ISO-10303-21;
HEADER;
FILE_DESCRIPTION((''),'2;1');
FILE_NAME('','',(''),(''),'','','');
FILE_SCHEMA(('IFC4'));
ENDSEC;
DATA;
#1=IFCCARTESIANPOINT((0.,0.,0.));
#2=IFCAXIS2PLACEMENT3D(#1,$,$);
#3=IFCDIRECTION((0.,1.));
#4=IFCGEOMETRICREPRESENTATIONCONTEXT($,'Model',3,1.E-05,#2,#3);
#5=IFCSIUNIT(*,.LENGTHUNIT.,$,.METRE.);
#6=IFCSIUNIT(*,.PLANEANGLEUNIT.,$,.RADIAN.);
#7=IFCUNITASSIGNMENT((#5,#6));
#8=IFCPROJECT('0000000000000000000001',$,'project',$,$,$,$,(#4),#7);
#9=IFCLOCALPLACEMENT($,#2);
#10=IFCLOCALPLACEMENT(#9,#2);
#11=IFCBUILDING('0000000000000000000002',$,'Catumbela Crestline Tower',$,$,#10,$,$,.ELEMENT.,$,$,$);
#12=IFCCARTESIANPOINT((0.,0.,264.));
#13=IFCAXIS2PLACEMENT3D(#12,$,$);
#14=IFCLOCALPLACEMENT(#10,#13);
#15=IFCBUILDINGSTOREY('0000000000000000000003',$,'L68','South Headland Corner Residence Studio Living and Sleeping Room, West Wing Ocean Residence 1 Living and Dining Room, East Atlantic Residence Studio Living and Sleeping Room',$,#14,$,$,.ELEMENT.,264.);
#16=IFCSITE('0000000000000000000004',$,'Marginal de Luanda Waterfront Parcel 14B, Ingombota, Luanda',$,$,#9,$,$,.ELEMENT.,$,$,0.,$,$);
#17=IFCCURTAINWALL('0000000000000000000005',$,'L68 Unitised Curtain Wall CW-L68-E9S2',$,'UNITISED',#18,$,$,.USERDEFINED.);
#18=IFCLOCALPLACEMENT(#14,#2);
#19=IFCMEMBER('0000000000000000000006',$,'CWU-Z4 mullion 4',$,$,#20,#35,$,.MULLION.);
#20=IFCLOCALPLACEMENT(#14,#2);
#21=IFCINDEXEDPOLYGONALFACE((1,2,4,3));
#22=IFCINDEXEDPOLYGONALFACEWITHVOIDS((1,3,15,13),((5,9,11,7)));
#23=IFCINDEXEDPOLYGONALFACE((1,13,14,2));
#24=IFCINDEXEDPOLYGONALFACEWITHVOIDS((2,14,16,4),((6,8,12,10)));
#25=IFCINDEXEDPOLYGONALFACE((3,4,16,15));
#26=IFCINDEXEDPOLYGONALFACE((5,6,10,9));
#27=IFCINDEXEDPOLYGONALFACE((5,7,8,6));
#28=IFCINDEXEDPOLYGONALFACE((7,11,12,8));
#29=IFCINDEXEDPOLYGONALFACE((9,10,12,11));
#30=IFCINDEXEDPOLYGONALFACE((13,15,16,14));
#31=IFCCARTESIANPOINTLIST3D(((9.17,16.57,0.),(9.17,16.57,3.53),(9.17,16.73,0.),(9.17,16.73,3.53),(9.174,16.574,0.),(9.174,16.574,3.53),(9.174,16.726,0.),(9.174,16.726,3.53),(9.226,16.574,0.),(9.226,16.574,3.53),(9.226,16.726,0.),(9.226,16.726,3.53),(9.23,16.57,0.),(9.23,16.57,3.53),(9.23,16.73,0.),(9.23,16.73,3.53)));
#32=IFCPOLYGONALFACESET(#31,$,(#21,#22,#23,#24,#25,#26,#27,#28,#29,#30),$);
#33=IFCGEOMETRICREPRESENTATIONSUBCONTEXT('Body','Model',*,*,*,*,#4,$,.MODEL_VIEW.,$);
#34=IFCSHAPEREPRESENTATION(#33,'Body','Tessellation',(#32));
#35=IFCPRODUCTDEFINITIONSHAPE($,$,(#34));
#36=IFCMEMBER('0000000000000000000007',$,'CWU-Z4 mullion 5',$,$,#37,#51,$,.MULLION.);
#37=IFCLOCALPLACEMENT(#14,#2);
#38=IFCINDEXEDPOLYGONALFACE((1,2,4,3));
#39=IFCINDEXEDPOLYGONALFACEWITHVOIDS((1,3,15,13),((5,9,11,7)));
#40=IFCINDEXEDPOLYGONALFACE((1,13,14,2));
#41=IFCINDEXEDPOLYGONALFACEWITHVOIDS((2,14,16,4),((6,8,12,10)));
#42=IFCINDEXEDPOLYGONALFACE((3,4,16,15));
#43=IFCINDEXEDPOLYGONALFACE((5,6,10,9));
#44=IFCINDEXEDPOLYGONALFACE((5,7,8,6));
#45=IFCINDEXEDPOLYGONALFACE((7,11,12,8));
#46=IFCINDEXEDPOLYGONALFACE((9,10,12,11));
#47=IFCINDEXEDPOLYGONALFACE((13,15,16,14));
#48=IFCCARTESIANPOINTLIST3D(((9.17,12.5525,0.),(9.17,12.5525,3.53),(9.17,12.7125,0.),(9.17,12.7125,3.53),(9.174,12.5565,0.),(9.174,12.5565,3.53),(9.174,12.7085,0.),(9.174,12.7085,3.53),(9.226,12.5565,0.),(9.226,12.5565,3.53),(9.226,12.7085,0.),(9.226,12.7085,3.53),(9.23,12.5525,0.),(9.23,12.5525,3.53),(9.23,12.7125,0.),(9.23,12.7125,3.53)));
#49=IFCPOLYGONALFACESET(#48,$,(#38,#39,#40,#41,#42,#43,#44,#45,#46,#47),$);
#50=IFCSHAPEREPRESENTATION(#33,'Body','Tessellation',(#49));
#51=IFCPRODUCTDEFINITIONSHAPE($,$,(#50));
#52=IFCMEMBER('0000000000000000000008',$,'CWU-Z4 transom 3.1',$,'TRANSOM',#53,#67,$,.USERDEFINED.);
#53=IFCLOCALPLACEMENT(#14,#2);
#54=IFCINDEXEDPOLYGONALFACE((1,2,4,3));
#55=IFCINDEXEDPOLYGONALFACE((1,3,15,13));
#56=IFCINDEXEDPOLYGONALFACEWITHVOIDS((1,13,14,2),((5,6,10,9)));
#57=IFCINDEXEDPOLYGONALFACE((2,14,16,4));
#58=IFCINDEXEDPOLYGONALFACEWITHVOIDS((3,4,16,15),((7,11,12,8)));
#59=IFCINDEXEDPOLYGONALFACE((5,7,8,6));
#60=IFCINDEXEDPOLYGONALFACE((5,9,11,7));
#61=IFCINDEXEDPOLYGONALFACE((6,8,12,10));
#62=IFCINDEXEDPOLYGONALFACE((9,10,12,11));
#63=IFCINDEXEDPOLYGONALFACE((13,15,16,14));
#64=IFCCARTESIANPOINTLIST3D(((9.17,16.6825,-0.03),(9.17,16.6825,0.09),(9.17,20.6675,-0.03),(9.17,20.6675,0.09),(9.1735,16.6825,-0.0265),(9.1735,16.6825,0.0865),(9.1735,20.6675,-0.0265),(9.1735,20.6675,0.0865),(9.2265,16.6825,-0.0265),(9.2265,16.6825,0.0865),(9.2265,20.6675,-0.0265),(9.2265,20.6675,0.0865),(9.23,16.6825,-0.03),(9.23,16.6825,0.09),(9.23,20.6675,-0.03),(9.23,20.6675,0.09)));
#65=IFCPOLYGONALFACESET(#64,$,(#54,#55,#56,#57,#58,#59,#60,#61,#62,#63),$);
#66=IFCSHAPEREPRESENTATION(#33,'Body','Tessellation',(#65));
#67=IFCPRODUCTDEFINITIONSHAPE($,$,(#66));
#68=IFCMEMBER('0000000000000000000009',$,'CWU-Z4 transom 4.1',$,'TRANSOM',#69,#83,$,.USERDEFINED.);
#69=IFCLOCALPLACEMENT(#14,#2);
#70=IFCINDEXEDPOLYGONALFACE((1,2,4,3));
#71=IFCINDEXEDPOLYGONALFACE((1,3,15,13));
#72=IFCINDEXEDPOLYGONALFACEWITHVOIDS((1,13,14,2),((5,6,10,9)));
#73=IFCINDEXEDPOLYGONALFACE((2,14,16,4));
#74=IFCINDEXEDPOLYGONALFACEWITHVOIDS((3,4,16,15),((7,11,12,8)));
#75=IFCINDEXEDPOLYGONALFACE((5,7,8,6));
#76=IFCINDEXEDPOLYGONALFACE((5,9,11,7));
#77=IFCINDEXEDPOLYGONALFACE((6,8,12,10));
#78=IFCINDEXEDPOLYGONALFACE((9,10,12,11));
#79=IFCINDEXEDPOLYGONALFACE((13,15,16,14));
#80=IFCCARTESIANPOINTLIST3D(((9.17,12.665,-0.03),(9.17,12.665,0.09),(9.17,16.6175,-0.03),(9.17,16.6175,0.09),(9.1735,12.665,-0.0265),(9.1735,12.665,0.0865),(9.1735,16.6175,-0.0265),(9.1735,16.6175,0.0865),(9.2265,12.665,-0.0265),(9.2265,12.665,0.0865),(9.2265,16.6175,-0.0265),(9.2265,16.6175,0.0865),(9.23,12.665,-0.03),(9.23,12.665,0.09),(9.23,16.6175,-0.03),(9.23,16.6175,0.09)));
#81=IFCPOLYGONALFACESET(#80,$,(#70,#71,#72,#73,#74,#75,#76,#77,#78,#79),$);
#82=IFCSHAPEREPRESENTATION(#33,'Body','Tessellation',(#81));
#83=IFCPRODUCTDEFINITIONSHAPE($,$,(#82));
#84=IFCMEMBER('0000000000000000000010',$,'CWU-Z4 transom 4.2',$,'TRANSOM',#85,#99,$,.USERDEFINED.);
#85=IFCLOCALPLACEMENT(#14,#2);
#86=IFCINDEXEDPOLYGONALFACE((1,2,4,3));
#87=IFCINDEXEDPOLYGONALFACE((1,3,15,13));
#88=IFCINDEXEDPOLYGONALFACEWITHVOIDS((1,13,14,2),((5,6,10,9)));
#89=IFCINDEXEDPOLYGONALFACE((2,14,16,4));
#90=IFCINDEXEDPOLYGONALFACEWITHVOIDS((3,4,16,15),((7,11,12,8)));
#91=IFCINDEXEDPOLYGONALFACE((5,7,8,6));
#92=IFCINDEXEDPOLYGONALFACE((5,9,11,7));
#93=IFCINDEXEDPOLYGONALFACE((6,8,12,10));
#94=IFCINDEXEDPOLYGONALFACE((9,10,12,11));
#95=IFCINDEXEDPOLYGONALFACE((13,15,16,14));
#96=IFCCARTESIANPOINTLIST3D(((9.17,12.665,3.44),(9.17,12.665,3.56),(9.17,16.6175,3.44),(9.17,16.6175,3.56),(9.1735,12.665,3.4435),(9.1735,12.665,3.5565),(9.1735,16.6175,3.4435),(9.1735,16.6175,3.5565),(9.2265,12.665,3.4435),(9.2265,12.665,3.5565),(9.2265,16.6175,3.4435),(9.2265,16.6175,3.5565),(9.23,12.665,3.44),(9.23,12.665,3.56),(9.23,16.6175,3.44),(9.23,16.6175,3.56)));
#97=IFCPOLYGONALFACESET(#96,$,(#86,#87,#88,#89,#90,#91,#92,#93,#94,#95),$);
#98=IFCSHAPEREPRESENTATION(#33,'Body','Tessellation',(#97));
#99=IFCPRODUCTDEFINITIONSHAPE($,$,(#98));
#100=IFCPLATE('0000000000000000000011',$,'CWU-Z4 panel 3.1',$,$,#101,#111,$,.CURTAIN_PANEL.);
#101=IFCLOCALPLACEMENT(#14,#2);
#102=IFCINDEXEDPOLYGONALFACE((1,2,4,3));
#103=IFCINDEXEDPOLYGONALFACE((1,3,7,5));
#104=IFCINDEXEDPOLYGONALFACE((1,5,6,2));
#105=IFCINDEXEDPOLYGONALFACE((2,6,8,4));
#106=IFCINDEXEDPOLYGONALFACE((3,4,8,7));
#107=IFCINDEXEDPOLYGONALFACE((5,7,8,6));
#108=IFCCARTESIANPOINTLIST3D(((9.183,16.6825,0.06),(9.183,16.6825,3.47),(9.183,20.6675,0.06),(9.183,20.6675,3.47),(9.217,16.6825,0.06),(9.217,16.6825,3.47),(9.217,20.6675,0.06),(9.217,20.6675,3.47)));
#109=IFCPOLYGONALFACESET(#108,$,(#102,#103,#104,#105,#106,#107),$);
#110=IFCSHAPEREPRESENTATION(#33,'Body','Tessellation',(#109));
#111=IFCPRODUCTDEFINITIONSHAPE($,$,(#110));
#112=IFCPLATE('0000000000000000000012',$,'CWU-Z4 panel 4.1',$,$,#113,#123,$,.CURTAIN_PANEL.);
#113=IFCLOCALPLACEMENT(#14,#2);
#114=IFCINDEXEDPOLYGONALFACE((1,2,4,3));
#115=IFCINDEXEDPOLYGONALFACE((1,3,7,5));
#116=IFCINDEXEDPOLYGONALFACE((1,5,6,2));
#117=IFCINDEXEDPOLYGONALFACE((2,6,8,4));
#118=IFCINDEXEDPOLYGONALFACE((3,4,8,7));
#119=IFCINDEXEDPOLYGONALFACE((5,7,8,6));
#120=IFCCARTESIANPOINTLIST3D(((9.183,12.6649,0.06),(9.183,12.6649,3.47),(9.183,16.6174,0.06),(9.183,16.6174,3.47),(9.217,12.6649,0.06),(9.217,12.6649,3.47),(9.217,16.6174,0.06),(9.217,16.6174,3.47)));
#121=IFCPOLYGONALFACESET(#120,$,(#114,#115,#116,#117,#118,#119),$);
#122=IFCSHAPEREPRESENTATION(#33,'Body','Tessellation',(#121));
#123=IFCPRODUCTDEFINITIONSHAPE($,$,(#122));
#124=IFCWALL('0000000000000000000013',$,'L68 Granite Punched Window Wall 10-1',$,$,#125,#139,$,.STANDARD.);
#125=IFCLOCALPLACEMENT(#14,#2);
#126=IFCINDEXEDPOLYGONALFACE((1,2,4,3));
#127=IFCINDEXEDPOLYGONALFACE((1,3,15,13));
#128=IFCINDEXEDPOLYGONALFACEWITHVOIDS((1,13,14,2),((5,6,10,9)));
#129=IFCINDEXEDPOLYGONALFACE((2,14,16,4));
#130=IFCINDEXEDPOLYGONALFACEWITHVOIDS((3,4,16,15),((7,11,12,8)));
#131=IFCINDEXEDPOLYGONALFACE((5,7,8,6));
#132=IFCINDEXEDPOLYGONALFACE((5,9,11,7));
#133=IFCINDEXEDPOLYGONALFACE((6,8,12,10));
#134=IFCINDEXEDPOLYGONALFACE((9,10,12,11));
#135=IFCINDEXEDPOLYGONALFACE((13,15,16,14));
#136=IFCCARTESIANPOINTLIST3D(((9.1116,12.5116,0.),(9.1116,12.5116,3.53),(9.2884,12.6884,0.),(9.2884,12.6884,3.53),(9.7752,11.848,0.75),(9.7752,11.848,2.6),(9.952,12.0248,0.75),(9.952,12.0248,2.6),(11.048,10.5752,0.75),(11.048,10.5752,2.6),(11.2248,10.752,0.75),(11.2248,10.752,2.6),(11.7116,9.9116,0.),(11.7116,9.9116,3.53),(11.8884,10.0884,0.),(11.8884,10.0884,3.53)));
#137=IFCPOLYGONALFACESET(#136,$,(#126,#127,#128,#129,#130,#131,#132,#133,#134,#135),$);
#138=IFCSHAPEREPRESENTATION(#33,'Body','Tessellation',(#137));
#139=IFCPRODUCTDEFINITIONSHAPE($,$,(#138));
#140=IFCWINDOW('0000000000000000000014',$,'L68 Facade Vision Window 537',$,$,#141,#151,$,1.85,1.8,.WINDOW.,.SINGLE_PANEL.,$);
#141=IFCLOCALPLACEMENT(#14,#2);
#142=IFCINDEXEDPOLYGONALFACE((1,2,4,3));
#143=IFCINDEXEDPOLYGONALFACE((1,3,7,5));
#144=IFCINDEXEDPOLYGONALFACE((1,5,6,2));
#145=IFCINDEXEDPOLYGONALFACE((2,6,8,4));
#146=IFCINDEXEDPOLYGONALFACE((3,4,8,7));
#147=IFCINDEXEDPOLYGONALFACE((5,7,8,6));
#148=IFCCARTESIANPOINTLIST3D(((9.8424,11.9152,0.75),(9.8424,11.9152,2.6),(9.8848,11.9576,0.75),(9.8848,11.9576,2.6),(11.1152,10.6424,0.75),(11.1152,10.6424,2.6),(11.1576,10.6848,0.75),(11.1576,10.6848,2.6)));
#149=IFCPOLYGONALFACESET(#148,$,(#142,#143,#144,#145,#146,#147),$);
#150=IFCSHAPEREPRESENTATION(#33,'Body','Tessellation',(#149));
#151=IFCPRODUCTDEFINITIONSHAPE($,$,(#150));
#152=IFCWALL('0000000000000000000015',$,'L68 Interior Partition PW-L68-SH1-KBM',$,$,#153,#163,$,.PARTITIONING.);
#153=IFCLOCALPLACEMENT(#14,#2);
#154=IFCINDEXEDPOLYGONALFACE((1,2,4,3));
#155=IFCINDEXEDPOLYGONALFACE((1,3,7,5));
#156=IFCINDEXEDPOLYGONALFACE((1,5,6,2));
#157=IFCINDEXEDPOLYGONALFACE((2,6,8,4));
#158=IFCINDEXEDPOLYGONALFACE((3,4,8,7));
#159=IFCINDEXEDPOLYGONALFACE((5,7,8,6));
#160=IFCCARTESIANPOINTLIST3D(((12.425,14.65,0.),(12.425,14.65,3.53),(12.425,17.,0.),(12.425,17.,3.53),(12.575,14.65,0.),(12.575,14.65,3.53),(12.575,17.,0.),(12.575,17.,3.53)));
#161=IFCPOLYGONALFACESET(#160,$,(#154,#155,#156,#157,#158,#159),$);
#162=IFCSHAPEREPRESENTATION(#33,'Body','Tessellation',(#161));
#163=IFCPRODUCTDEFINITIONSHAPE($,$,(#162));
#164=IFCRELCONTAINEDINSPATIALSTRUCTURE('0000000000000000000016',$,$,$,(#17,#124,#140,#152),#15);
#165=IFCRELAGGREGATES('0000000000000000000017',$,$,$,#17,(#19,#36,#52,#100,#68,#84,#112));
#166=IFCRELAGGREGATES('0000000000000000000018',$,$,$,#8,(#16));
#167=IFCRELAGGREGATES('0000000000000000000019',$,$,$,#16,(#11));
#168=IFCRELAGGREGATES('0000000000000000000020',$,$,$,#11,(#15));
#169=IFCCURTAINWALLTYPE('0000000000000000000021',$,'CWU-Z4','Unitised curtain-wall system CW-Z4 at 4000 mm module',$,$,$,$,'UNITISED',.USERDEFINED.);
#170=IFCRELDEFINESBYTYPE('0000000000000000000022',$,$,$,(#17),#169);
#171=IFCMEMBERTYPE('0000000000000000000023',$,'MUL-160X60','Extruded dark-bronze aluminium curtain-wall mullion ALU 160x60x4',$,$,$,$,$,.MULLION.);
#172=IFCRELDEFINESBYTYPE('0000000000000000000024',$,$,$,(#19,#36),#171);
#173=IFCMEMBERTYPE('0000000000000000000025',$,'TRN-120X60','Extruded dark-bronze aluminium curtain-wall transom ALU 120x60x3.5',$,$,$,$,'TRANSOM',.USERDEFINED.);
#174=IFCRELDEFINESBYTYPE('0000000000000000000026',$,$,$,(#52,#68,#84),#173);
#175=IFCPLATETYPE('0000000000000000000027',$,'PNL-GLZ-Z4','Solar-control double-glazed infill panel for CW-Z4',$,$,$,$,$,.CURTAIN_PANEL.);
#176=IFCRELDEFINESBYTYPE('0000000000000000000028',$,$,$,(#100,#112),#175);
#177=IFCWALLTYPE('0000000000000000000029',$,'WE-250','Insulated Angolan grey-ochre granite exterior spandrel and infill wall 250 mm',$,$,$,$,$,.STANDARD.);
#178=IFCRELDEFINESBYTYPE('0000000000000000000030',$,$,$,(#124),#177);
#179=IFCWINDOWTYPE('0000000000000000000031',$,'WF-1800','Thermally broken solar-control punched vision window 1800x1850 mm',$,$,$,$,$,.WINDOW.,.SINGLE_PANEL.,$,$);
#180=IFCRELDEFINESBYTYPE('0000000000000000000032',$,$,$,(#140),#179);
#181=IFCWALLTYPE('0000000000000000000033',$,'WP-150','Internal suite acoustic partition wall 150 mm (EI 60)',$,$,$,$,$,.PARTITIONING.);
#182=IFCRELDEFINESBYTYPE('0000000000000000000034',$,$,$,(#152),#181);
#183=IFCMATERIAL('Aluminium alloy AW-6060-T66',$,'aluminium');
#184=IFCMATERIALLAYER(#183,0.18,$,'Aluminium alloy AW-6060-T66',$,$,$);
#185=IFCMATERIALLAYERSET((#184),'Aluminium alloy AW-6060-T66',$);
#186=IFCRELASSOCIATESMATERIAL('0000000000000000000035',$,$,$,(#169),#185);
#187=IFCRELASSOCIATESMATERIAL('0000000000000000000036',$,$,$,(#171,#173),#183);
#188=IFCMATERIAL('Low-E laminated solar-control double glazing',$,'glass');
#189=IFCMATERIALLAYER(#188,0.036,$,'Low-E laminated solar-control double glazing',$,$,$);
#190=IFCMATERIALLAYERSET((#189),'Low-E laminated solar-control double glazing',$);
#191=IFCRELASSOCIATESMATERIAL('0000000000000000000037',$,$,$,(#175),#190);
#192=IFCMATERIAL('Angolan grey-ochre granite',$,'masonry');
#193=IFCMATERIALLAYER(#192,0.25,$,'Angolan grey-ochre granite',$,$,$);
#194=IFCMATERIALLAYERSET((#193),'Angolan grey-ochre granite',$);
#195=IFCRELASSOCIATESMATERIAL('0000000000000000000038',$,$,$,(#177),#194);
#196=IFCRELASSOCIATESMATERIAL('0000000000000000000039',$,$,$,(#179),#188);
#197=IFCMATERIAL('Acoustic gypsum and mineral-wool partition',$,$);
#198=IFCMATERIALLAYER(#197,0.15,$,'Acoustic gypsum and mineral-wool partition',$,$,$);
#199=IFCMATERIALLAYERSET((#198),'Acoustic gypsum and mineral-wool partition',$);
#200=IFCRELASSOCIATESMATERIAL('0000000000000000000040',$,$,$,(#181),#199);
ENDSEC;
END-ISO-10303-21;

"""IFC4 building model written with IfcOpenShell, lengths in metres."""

from ifc_helpers import new_model, si_unit, direction, frame, frame_2d, origin, origin_2d, place, context, subcontext, project, spatial, rectangle, hollow_rectangle, extrude, material, layer, layer_set, material_profile, profile_set, type_object, element, fill, aggregate, save


model = new_model("IFC4")

# Units and contexts
model_context = context("Model", 3, precision=1e-05, world=origin(), true_north=direction((0.0, 1.0)))
body_context = subcontext(model_context, "Body", "Model", "MODEL_VIEW")
ifc_project = project(units=[si_unit("LENGTHUNIT", "METRE"), si_unit("PLANEANGLEUNIT", "RADIAN")], contexts=[model_context])

# Site, building, storey
site_placement = place(None, origin())
site = spatial("IfcSite", under=ifc_project, at=site_placement, Name="Marginal de Luanda Waterfront Parcel 14B, Ingombota, Luanda", CompositionType="ELEMENT", RefElevation=0.0)
building_placement = place(site_placement, origin())
building = spatial("IfcBuilding", under=site, at=building_placement, Name="Catumbela Crestline Tower", CompositionType="ELEMENT")
storey_placement = place(building_placement, frame((0.0, 0.0, 264.0)))
storey = spatial("IfcBuildingStorey", under=building, at=storey_placement, Name="L68", Description="South Headland Corner Residence Studio Living and Sleeping Room, West Wing Ocean Residence 1 Living and Dining Room, East Atlantic Residence Studio Living and Sleeping Room", CompositionType="ELEMENT", Elevation=264.0)

# Curtain wall, members, plates
ifc_material_1 = material(Name="Aluminium alloy AW-6060-T66", Category="aluminium")
ifc_layer_1 = layer(ifc_material_1, 0.18, Name="Aluminium alloy AW-6060-T66")
ifc_layer_set_1 = layer_set([ifc_layer_1], Name="Aluminium alloy AW-6060-T66")
curtain_wall_type = type_object("IfcCurtainWallType", Name="CWU-Z4", Description="Unitised curtain-wall system CW-Z4 at 4000 mm module", ElementType="UNITISED", PredefinedType="USERDEFINED", material=ifc_layer_set_1)
curtain_wall_placement = place(storey_placement, origin())
curtain_wall = element("IfcCurtainWall", 1, at=curtain_wall_placement, inside=storey, type_object=curtain_wall_type, Name="L68 Unitised Curtain Wall CW-L68-E9S2", ObjectType="UNITISED", PredefinedType="USERDEFINED")
ifc_material_profile_1 = material_profile(ifc_material_1, hollow_rectangle(XDim=0.06, YDim=0.16, WallThickness=0.004, at=origin_2d()), Name="ALU 160x60x4")
ifc_profile_set_1 = profile_set([ifc_material_profile_1], Name="Aluminium alloy AW-6060-T66")
member_type_1 = type_object("IfcMemberType", Name="MUL-160X60", Description="Extruded dark-bronze aluminium curtain-wall mullion ALU 160x60x4", PredefinedType="MULLION", material=ifc_profile_set_1)
member_1_placement = place(storey_placement, frame((9.2, 16.65, 0.0), z_axis=(0.0, 0.0, 1.0), x_axis=(1.0, 0.0, 0.0)))
member_1 = element("IfcMember", 2, at=member_1_placement, type_object=member_type_1, Name="CWU-Z4 mullion 4", PredefinedType="MULLION", context=body_context, shape_type="SweptSolid", body=[
    extrude(hollow_rectangle(XDim=0.06, YDim=0.16, WallThickness=0.004, at=origin_2d()), origin(), (0.0, 0.0, 1.0), 3.53),
])
member_2_placement = place(storey_placement, frame((9.2, 12.6325, 0.0), z_axis=(0.0, 0.0, 1.0), x_axis=(1.0, 0.0, 0.0)))
member_2 = element("IfcMember", 3, at=member_2_placement, type_object=member_type_1, Name="CWU-Z4 mullion 5", PredefinedType="MULLION", context=body_context, shape_type="SweptSolid", body=[
    extrude(hollow_rectangle(XDim=0.06, YDim=0.16, WallThickness=0.004, at=origin_2d()), origin(), (0.0, 0.0, 1.0), 3.53),
])
ifc_material_profile_2 = material_profile(ifc_material_1, hollow_rectangle(XDim=0.06, YDim=0.12, WallThickness=0.0035, at=origin_2d()), Name="ALU 120x60x3.5")
ifc_profile_set_2 = profile_set([ifc_material_profile_2], Name="Aluminium alloy AW-6060-T66")
member_type_2 = type_object("IfcMemberType", Name="TRN-120X60", Description="Extruded dark-bronze aluminium curtain-wall transom ALU 120x60x3.5", ElementType="TRANSOM", PredefinedType="USERDEFINED", material=ifc_profile_set_2)
member_3_placement = place(storey_placement, frame((9.2, 20.6675, 0.03), z_axis=(0.0, -1.0, 0.0), x_axis=(1.0, 0.0, 0.0)))
member_3 = element("IfcMember", 4, at=member_3_placement, type_object=member_type_2, Name="CWU-Z4 transom 3.1", ObjectType="TRANSOM", PredefinedType="USERDEFINED", context=body_context, shape_type="SweptSolid", body=[
    extrude(hollow_rectangle(XDim=0.06, YDim=0.12, WallThickness=0.0035, at=origin_2d()), origin(), (0.0, 0.0, 1.0), 3.985),
])
member_4_placement = place(storey_placement, frame((9.2, 16.6175, 0.03), z_axis=(0.0, -1.0, 0.0), x_axis=(1.0, 0.0, 0.0)))
member_4 = element("IfcMember", 5, at=member_4_placement, type_object=member_type_2, Name="CWU-Z4 transom 4.1", ObjectType="TRANSOM", PredefinedType="USERDEFINED", context=body_context, shape_type="SweptSolid", body=[
    extrude(hollow_rectangle(XDim=0.06, YDim=0.12, WallThickness=0.0035, at=origin_2d()), origin(), (0.0, 0.0, 1.0), 3.9525),
])
member_5_placement = place(storey_placement, frame((9.2, 16.6175, 3.5), z_axis=(0.0, -1.0, 0.0), x_axis=(1.0, 0.0, 0.0)))
member_5 = element("IfcMember", 6, at=member_5_placement, type_object=member_type_2, Name="CWU-Z4 transom 4.2", ObjectType="TRANSOM", PredefinedType="USERDEFINED", context=body_context, shape_type="SweptSolid", body=[
    extrude(hollow_rectangle(XDim=0.06, YDim=0.12, WallThickness=0.0035, at=origin_2d()), origin(), (0.0, 0.0, 1.0), 3.9525),
])
ifc_material_2 = material(Name="Low-E laminated solar-control double glazing", Category="glass")
ifc_layer_2 = layer(ifc_material_2, 0.036, Name="Low-E laminated solar-control double glazing")
ifc_layer_set_2 = layer_set([ifc_layer_2], Name="Low-E laminated solar-control double glazing")
plate_type = type_object("IfcPlateType", Name="PNL-GLZ-Z4", Description="Solar-control double-glazed infill panel for CW-Z4", PredefinedType="CURTAIN_PANEL", material=ifc_layer_set_2)
plate_1_placement = place(storey_placement, frame((9.2, 18.675, 0.06), z_axis=(0.0, 0.0, 1.0), x_axis=(0.0, -1.0, 0.0)))
plate_1 = element("IfcPlate", 7, at=plate_1_placement, type_object=plate_type, Name="CWU-Z4 panel 3.1", PredefinedType="CURTAIN_PANEL", context=body_context, shape_type="SweptSolid", body=[
    extrude(rectangle(XDim=3.985, YDim=0.034, at=origin_2d()), origin(), (0.0, 0.0, 1.0), 3.41),
])
plate_2_placement = place(storey_placement, frame((9.2, 14.6412, 0.06), z_axis=(0.0, 0.0, 1.0), x_axis=(0.0, -1.0, 0.0)))
plate_2 = element("IfcPlate", 8, at=plate_2_placement, type_object=plate_type, Name="CWU-Z4 panel 4.1", PredefinedType="CURTAIN_PANEL", context=body_context, shape_type="SweptSolid", body=[
    extrude(rectangle(XDim=3.9525, YDim=0.034, at=origin_2d()), origin(), (0.0, 0.0, 1.0), 3.41),
])
aggregate(curtain_wall, [member_1, member_2, member_3, plate_1, member_4, member_5, plate_2])

# Wall, opening, window
ifc_material_3 = material(Name="Angolan grey-ochre granite", Category="masonry")
ifc_layer_3 = layer(ifc_material_3, 0.25, Name="Angolan grey-ochre granite")
ifc_layer_set_3 = layer_set([ifc_layer_3], Name="Angolan grey-ochre granite")
wall_type_1 = type_object("IfcWallType", Name="WE-250", Description="Insulated Angolan grey-ochre granite exterior spandrel and infill wall 250 mm", PredefinedType="STANDARD", material=ifc_layer_set_3)
wall_1_placement = place(storey_placement, frame((9.2, 12.6, 0.0), z_axis=(0.0, 0.0, 1.0), x_axis=(0.707107, -0.707107, 0.0)))
wall_1 = element("IfcWall", 9, at=wall_1_placement, inside=storey, type_object=wall_type_1, Name="L68 Granite Punched Window Wall 10-1", PredefinedType="STANDARD", context=body_context, shape_type="SweptSolid", body=[
    extrude(rectangle(XDim=3.677, YDim=0.25, at=frame_2d((1.8385, 0.0))), origin(), (0.0, 0.0, 1.0), 3.53),
])
opening_1_placement = place(wall_1_placement, frame((0.9385, 0.0, 0.75)))
opening_1 = element("IfcOpeningElement", 10, at=opening_1_placement, cuts=wall_1, PredefinedType="OPENING", context=body_context, shape_type="SweptSolid", body=[
    extrude(rectangle(XDim=1.8, YDim=1.85, at=frame_2d((0.9, 0.925))), frame((0.0, 0.135, 0.0), z_axis=(0.0, -1.0, 0.0), x_axis=(1.0, 0.0, 0.0)), (0.0, 0.0, 1.0), 0.27),
])
window_type = type_object("IfcWindowType", Name="WF-1800", Description="Thermally broken solar-control punched vision window 1800x1850 mm", PartitioningType="SINGLE_PANEL", PredefinedType="WINDOW", material=ifc_material_2)
window_placement = place(opening_1_placement, origin())
window = element("IfcWindow", 11, at=window_placement, inside=storey, type_object=window_type, Name="L68 Facade Vision Window 537", OverallHeight=1.85, OverallWidth=1.8, PartitioningType="SINGLE_PANEL", PredefinedType="WINDOW", context=body_context, shape_type="SweptSolid", body=[
    extrude(rectangle(XDim=1.8, YDim=1.85, at=frame_2d((0.9, 0.925))), frame((0.0, 0.03, 0.0), z_axis=(0.0, -1.0, 0.0), x_axis=(1.0, 0.0, 0.0)), (0.0, 0.0, 1.0), 0.06),
])
fill(opening_1, window)

# Wall
ifc_material_4 = material(Name="Acoustic gypsum and mineral-wool partition")
ifc_layer_4 = layer(ifc_material_4, 0.15, Name="Acoustic gypsum and mineral-wool partition")
ifc_layer_set_4 = layer_set([ifc_layer_4], Name="Acoustic gypsum and mineral-wool partition")
wall_type_2 = type_object("IfcWallType", Name="WP-150", Description="Internal suite acoustic partition wall 150 mm (EI 60)", PredefinedType="PARTITIONING", material=ifc_layer_set_4)
wall_2_placement = place(storey_placement, frame((12.5, 14.65, 0.0), z_axis=(0.0, 0.0, 1.0), x_axis=(0.0, 1.0, 0.0)))
element("IfcWall", 12, at=wall_2_placement, inside=storey, type_object=wall_type_2, Name="L68 Interior Partition PW-L68-SH1-KBM", PredefinedType="PARTITIONING", context=body_context, shape_type="SweptSolid", body=[
    extrude(rectangle(XDim=2.35, YDim=0.15, at=frame_2d((1.175, 0.0))), origin(), (0.0, 0.0, 1.0), 3.53),
])

save(model, "model.ifc")
